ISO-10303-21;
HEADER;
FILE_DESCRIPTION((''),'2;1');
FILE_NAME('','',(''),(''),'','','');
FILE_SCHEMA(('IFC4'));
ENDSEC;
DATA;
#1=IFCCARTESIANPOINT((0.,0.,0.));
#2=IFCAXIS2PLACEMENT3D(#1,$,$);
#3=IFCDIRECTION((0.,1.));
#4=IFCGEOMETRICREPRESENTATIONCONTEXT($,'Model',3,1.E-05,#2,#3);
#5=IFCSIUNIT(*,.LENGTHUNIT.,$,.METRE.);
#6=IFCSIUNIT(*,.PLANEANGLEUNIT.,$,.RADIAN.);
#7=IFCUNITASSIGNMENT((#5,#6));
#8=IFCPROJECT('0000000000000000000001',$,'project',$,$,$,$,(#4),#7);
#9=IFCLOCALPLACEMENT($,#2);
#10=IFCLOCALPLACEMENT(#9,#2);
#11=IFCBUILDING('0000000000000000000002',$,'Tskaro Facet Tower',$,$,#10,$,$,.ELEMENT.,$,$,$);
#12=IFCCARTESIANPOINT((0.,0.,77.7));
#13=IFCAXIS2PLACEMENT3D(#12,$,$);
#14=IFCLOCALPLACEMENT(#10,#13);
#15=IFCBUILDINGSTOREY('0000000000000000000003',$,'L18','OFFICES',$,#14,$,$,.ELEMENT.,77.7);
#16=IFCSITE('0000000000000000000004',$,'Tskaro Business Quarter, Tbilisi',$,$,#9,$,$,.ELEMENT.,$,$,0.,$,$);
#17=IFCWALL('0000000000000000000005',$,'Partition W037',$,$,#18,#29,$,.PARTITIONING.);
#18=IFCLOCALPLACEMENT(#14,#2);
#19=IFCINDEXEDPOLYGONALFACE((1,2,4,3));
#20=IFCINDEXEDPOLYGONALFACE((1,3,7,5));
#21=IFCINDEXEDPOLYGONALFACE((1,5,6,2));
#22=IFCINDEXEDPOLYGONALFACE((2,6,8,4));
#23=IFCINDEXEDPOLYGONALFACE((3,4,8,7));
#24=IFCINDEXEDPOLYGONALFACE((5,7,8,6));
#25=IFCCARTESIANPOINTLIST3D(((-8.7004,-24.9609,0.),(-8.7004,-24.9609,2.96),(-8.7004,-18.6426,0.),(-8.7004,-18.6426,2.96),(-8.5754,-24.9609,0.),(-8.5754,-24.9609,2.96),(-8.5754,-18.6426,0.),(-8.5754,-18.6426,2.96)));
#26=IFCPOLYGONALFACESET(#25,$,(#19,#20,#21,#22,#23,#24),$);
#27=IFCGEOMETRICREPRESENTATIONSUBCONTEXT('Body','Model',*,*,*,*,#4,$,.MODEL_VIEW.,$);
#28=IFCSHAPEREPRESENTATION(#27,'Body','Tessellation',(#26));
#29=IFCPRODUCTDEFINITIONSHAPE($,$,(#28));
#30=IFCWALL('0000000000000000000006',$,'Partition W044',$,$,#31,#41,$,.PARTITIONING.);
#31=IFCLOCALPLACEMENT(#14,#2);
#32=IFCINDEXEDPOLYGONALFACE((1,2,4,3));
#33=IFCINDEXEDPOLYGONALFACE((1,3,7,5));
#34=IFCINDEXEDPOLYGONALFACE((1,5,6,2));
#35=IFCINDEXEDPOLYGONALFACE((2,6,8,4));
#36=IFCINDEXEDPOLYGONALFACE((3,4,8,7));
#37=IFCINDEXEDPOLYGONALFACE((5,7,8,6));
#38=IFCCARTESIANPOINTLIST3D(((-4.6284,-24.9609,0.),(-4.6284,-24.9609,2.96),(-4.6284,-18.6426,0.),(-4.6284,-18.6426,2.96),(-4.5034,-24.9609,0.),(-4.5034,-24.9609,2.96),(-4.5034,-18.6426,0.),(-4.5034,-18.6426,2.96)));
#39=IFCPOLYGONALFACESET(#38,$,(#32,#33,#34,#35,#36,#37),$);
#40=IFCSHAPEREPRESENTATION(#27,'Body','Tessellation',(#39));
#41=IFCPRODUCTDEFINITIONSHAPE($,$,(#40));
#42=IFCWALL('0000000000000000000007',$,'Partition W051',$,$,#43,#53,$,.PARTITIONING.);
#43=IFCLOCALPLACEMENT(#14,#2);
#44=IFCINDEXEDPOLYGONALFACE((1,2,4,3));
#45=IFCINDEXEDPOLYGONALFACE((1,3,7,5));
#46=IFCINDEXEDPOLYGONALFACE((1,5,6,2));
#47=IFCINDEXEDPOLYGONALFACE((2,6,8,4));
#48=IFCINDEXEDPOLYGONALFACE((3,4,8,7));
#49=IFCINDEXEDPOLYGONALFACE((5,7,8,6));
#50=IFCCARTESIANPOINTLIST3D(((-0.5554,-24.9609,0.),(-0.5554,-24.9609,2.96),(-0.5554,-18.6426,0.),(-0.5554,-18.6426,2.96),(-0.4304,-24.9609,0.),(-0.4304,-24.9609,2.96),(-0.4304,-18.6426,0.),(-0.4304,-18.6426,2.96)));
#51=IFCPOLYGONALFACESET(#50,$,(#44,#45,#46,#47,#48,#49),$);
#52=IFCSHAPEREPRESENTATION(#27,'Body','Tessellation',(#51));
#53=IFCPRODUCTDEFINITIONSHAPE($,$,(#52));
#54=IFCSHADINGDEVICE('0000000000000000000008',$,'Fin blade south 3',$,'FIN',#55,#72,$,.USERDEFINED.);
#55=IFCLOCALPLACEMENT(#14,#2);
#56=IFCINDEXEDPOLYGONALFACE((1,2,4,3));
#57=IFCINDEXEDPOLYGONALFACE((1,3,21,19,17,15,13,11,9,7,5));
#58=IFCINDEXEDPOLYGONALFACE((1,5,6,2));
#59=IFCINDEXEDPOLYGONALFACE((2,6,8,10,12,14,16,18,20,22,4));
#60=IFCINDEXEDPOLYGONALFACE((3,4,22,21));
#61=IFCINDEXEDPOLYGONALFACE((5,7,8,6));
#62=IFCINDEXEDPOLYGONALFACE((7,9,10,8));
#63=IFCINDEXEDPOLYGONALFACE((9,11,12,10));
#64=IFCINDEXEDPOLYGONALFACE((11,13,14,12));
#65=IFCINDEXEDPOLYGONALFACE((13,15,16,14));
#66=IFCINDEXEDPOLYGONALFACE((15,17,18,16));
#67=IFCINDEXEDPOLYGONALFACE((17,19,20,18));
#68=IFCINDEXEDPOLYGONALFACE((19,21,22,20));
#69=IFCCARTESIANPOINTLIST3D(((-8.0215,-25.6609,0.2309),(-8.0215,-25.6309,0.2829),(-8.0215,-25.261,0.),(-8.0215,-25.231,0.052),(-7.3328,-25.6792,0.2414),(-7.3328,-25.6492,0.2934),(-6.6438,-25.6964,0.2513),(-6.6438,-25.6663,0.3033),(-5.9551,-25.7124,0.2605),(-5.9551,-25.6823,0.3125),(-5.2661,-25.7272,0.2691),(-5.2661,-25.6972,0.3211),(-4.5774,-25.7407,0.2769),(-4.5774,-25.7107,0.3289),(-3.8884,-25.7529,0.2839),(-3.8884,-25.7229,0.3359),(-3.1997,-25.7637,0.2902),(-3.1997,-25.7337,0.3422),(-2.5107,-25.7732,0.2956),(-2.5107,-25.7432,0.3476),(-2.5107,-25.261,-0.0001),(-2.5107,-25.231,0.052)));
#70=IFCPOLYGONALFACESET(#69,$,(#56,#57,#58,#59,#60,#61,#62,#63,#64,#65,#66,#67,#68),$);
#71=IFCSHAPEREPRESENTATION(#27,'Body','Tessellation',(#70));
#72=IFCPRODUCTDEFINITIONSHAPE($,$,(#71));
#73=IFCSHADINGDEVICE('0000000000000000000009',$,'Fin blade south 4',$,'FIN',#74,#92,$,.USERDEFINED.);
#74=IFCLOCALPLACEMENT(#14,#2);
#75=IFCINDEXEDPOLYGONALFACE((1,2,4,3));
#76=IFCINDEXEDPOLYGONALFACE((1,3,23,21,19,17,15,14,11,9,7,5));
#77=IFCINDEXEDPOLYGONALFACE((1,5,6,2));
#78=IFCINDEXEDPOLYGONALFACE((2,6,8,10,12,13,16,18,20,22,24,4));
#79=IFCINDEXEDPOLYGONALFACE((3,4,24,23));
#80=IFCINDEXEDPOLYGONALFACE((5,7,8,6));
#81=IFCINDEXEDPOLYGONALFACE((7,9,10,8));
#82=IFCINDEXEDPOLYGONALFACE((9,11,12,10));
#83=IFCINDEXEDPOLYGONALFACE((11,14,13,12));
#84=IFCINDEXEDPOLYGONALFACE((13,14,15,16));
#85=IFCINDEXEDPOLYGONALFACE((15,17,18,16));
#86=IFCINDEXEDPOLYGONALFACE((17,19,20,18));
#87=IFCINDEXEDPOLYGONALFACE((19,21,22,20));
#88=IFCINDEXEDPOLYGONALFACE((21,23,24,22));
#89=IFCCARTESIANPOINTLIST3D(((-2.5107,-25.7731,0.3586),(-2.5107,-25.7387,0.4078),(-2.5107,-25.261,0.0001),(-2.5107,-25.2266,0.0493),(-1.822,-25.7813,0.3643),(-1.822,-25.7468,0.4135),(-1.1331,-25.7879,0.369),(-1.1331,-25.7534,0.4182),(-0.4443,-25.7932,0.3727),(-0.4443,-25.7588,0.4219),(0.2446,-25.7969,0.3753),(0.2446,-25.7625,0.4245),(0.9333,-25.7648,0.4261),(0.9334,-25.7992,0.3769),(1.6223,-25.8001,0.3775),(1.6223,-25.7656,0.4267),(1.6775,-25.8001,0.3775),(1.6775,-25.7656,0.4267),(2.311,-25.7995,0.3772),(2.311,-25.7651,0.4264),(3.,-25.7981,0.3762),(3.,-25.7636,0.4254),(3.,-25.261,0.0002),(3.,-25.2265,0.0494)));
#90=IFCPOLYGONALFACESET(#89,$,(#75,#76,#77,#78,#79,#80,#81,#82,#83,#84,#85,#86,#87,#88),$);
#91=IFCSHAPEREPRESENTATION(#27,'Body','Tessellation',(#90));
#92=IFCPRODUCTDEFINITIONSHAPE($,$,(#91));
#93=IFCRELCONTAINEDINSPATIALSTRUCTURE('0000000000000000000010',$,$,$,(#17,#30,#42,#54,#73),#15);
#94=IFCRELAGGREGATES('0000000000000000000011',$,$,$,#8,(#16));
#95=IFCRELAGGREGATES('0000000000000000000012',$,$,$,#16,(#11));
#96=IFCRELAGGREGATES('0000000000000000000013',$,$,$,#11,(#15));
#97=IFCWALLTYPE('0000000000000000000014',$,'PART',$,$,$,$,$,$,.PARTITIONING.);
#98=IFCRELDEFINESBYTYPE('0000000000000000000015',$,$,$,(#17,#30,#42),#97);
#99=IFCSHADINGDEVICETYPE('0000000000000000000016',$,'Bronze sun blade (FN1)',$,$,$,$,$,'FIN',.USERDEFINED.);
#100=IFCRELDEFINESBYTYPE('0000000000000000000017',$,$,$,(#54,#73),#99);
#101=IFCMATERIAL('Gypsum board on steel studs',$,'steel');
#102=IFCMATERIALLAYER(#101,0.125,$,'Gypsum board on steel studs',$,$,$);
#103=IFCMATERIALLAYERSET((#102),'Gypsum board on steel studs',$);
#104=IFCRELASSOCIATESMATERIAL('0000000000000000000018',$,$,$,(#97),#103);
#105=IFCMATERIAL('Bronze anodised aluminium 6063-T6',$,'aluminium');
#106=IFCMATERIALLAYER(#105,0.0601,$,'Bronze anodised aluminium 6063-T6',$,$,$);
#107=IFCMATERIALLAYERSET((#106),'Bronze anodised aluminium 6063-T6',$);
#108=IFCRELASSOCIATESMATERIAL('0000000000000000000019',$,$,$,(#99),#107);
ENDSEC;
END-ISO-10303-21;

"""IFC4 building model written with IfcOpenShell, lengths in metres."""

from ifc_helpers import new_model, si_unit, direction, frame, frame_2d, origin, place, context, subcontext, project, spatial, polyline, rectangle, outline, extrude, material, layer, layer_set, type_object, element, save


model = new_model("IFC4")

# Units and contexts
model_context = context("Model", 3, precision=1e-05, world=origin(), true_north=direction((0.0, 1.0)))
body_context = subcontext(model_context, "Body", "Model", "MODEL_VIEW")
ifc_project = project(units=[si_unit("LENGTHUNIT", "METRE"), si_unit("PLANEANGLEUNIT", "RADIAN")], contexts=[model_context])

# Site, building, storey
site_placement = place(None, origin())
site = spatial("IfcSite", under=ifc_project, at=site_placement, Name="Tskaro Business Quarter, Tbilisi", CompositionType="ELEMENT", RefElevation=0.0)
building_placement = place(site_placement, origin())
building = spatial("IfcBuilding", under=site, at=building_placement, Name="Tskaro Facet Tower", CompositionType="ELEMENT")
storey_placement = place(building_placement, frame((0.0, 0.0, 77.7)))
storey = spatial("IfcBuildingStorey", under=building, at=storey_placement, Name="L18", Description="OFFICES", CompositionType="ELEMENT", Elevation=77.7)

# Shared definitions
ifc_material_1 = material(Name="Bronze anodised aluminium 6063-T6", Category="aluminium")

# Walls
ifc_material_2 = material(Name="Gypsum board on steel studs", Category="steel")
ifc_layer_1 = layer(ifc_material_2, 0.125, Name="Gypsum board on steel studs")
ifc_layer_set_1 = layer_set([ifc_layer_1], Name="Gypsum board on steel studs")
wall_type = type_object("IfcWallType", Name="PART", PredefinedType="PARTITIONING", material=ifc_layer_set_1)
for number, where, z_axis, x_axis, name in (
    (1, (-8.6379, -24.9609, 0.0), (0.0, 0.0, 1.0), (0.0, 1.0, 0.0), "Partition W037"),
    (2, (-4.5659, -24.9609, 0.0), (0.0, 0.0, 1.0), (0.0, 1.0, 0.0), "Partition W044"),
    (3, (-0.4929, -24.9609, 0.0), (0.0, 0.0, 1.0), (0.0, 1.0, 0.0), "Partition W051"),
):
    element("IfcWall", number, at=place(storey_placement, frame(where, z_axis=z_axis, x_axis=x_axis)), inside=storey, type_object=wall_type, Name=name, PredefinedType="PARTITIONING", context=body_context, shape_type="SweptSolid", body=[
        extrude(rectangle(XDim=6.3184, YDim=0.125, at=frame_2d((3.1592, 0.0))), origin(), (0.0, 0.0, 1.0), 2.96),
    ])

# Shading devices
ifc_layer_2 = layer(ifc_material_1, 0.0601, Name="Bronze anodised aluminium 6063-T6")
ifc_layer_set_2 = layer_set([ifc_layer_2], Name="Bronze anodised aluminium 6063-T6")
shading_device_type = type_object("IfcShadingDeviceType", Name="Bronze sun blade (FN1)", ElementType="FIN", PredefinedType="USERDEFINED", material=ifc_layer_set_2)
shading_device_1_placement = place(storey_placement, frame((-8.0215, -25.231, 0.052), z_axis=(0.00001, 0.499945, 0.866057), x_axis=(1.0, -0.000005, -0.000008)))
element("IfcShadingDevice", 4, at=shading_device_1_placement, inside=storey, type_object=shading_device_type, Name="Fin blade south 3", ObjectType="FIN", PredefinedType="USERDEFINED", context=body_context, shape_type="SweptSolid", body=[
    extrude(outline(polyline([(0.0, 0.0), (5.5107, 0.0), (5.5107, -0.5914), (4.8218, -0.5805), (4.1331, -0.568), (3.4441, -0.5539), (2.7554, -0.5384), (2.0664, -0.5212), (1.3777, -0.5027), (0.6887, -0.4829), (0.0, -0.4618), (0.0, 0.0)])), origin(), (0.0, 0.0, -1.0), 0.0601),
])
shading_device_2_placement = place(storey_placement, frame((-2.5107, -25.2266, 0.0493), z_axis=(-0.00001, 0.573482, 0.819218), x_axis=(1.0, 0.000006, 0.000008)))
element("IfcShadingDevice", 5, at=shading_device_2_placement, inside=storey, type_object=shading_device_type, Name="Fin blade south 4", ObjectType="FIN", PredefinedType="USERDEFINED", context=body_context, shape_type="SweptSolid", body=[
    extrude(outline(polyline([(0.0, 0.0), (5.5107, 0.0), (5.5107, -0.6556), (4.8218, -0.6574), (4.1882, -0.6581), (4.1331, -0.6581), (3.4441, -0.657), (2.7554, -0.6542), (2.0664, -0.6497), (1.3777, -0.6432), (0.6887, -0.6351), (0.0, -0.6251), (0.0, 0.0)])), origin(), (0.0, 0.0, -1.0), 0.0601),
])

save(model, "model.ifc")
